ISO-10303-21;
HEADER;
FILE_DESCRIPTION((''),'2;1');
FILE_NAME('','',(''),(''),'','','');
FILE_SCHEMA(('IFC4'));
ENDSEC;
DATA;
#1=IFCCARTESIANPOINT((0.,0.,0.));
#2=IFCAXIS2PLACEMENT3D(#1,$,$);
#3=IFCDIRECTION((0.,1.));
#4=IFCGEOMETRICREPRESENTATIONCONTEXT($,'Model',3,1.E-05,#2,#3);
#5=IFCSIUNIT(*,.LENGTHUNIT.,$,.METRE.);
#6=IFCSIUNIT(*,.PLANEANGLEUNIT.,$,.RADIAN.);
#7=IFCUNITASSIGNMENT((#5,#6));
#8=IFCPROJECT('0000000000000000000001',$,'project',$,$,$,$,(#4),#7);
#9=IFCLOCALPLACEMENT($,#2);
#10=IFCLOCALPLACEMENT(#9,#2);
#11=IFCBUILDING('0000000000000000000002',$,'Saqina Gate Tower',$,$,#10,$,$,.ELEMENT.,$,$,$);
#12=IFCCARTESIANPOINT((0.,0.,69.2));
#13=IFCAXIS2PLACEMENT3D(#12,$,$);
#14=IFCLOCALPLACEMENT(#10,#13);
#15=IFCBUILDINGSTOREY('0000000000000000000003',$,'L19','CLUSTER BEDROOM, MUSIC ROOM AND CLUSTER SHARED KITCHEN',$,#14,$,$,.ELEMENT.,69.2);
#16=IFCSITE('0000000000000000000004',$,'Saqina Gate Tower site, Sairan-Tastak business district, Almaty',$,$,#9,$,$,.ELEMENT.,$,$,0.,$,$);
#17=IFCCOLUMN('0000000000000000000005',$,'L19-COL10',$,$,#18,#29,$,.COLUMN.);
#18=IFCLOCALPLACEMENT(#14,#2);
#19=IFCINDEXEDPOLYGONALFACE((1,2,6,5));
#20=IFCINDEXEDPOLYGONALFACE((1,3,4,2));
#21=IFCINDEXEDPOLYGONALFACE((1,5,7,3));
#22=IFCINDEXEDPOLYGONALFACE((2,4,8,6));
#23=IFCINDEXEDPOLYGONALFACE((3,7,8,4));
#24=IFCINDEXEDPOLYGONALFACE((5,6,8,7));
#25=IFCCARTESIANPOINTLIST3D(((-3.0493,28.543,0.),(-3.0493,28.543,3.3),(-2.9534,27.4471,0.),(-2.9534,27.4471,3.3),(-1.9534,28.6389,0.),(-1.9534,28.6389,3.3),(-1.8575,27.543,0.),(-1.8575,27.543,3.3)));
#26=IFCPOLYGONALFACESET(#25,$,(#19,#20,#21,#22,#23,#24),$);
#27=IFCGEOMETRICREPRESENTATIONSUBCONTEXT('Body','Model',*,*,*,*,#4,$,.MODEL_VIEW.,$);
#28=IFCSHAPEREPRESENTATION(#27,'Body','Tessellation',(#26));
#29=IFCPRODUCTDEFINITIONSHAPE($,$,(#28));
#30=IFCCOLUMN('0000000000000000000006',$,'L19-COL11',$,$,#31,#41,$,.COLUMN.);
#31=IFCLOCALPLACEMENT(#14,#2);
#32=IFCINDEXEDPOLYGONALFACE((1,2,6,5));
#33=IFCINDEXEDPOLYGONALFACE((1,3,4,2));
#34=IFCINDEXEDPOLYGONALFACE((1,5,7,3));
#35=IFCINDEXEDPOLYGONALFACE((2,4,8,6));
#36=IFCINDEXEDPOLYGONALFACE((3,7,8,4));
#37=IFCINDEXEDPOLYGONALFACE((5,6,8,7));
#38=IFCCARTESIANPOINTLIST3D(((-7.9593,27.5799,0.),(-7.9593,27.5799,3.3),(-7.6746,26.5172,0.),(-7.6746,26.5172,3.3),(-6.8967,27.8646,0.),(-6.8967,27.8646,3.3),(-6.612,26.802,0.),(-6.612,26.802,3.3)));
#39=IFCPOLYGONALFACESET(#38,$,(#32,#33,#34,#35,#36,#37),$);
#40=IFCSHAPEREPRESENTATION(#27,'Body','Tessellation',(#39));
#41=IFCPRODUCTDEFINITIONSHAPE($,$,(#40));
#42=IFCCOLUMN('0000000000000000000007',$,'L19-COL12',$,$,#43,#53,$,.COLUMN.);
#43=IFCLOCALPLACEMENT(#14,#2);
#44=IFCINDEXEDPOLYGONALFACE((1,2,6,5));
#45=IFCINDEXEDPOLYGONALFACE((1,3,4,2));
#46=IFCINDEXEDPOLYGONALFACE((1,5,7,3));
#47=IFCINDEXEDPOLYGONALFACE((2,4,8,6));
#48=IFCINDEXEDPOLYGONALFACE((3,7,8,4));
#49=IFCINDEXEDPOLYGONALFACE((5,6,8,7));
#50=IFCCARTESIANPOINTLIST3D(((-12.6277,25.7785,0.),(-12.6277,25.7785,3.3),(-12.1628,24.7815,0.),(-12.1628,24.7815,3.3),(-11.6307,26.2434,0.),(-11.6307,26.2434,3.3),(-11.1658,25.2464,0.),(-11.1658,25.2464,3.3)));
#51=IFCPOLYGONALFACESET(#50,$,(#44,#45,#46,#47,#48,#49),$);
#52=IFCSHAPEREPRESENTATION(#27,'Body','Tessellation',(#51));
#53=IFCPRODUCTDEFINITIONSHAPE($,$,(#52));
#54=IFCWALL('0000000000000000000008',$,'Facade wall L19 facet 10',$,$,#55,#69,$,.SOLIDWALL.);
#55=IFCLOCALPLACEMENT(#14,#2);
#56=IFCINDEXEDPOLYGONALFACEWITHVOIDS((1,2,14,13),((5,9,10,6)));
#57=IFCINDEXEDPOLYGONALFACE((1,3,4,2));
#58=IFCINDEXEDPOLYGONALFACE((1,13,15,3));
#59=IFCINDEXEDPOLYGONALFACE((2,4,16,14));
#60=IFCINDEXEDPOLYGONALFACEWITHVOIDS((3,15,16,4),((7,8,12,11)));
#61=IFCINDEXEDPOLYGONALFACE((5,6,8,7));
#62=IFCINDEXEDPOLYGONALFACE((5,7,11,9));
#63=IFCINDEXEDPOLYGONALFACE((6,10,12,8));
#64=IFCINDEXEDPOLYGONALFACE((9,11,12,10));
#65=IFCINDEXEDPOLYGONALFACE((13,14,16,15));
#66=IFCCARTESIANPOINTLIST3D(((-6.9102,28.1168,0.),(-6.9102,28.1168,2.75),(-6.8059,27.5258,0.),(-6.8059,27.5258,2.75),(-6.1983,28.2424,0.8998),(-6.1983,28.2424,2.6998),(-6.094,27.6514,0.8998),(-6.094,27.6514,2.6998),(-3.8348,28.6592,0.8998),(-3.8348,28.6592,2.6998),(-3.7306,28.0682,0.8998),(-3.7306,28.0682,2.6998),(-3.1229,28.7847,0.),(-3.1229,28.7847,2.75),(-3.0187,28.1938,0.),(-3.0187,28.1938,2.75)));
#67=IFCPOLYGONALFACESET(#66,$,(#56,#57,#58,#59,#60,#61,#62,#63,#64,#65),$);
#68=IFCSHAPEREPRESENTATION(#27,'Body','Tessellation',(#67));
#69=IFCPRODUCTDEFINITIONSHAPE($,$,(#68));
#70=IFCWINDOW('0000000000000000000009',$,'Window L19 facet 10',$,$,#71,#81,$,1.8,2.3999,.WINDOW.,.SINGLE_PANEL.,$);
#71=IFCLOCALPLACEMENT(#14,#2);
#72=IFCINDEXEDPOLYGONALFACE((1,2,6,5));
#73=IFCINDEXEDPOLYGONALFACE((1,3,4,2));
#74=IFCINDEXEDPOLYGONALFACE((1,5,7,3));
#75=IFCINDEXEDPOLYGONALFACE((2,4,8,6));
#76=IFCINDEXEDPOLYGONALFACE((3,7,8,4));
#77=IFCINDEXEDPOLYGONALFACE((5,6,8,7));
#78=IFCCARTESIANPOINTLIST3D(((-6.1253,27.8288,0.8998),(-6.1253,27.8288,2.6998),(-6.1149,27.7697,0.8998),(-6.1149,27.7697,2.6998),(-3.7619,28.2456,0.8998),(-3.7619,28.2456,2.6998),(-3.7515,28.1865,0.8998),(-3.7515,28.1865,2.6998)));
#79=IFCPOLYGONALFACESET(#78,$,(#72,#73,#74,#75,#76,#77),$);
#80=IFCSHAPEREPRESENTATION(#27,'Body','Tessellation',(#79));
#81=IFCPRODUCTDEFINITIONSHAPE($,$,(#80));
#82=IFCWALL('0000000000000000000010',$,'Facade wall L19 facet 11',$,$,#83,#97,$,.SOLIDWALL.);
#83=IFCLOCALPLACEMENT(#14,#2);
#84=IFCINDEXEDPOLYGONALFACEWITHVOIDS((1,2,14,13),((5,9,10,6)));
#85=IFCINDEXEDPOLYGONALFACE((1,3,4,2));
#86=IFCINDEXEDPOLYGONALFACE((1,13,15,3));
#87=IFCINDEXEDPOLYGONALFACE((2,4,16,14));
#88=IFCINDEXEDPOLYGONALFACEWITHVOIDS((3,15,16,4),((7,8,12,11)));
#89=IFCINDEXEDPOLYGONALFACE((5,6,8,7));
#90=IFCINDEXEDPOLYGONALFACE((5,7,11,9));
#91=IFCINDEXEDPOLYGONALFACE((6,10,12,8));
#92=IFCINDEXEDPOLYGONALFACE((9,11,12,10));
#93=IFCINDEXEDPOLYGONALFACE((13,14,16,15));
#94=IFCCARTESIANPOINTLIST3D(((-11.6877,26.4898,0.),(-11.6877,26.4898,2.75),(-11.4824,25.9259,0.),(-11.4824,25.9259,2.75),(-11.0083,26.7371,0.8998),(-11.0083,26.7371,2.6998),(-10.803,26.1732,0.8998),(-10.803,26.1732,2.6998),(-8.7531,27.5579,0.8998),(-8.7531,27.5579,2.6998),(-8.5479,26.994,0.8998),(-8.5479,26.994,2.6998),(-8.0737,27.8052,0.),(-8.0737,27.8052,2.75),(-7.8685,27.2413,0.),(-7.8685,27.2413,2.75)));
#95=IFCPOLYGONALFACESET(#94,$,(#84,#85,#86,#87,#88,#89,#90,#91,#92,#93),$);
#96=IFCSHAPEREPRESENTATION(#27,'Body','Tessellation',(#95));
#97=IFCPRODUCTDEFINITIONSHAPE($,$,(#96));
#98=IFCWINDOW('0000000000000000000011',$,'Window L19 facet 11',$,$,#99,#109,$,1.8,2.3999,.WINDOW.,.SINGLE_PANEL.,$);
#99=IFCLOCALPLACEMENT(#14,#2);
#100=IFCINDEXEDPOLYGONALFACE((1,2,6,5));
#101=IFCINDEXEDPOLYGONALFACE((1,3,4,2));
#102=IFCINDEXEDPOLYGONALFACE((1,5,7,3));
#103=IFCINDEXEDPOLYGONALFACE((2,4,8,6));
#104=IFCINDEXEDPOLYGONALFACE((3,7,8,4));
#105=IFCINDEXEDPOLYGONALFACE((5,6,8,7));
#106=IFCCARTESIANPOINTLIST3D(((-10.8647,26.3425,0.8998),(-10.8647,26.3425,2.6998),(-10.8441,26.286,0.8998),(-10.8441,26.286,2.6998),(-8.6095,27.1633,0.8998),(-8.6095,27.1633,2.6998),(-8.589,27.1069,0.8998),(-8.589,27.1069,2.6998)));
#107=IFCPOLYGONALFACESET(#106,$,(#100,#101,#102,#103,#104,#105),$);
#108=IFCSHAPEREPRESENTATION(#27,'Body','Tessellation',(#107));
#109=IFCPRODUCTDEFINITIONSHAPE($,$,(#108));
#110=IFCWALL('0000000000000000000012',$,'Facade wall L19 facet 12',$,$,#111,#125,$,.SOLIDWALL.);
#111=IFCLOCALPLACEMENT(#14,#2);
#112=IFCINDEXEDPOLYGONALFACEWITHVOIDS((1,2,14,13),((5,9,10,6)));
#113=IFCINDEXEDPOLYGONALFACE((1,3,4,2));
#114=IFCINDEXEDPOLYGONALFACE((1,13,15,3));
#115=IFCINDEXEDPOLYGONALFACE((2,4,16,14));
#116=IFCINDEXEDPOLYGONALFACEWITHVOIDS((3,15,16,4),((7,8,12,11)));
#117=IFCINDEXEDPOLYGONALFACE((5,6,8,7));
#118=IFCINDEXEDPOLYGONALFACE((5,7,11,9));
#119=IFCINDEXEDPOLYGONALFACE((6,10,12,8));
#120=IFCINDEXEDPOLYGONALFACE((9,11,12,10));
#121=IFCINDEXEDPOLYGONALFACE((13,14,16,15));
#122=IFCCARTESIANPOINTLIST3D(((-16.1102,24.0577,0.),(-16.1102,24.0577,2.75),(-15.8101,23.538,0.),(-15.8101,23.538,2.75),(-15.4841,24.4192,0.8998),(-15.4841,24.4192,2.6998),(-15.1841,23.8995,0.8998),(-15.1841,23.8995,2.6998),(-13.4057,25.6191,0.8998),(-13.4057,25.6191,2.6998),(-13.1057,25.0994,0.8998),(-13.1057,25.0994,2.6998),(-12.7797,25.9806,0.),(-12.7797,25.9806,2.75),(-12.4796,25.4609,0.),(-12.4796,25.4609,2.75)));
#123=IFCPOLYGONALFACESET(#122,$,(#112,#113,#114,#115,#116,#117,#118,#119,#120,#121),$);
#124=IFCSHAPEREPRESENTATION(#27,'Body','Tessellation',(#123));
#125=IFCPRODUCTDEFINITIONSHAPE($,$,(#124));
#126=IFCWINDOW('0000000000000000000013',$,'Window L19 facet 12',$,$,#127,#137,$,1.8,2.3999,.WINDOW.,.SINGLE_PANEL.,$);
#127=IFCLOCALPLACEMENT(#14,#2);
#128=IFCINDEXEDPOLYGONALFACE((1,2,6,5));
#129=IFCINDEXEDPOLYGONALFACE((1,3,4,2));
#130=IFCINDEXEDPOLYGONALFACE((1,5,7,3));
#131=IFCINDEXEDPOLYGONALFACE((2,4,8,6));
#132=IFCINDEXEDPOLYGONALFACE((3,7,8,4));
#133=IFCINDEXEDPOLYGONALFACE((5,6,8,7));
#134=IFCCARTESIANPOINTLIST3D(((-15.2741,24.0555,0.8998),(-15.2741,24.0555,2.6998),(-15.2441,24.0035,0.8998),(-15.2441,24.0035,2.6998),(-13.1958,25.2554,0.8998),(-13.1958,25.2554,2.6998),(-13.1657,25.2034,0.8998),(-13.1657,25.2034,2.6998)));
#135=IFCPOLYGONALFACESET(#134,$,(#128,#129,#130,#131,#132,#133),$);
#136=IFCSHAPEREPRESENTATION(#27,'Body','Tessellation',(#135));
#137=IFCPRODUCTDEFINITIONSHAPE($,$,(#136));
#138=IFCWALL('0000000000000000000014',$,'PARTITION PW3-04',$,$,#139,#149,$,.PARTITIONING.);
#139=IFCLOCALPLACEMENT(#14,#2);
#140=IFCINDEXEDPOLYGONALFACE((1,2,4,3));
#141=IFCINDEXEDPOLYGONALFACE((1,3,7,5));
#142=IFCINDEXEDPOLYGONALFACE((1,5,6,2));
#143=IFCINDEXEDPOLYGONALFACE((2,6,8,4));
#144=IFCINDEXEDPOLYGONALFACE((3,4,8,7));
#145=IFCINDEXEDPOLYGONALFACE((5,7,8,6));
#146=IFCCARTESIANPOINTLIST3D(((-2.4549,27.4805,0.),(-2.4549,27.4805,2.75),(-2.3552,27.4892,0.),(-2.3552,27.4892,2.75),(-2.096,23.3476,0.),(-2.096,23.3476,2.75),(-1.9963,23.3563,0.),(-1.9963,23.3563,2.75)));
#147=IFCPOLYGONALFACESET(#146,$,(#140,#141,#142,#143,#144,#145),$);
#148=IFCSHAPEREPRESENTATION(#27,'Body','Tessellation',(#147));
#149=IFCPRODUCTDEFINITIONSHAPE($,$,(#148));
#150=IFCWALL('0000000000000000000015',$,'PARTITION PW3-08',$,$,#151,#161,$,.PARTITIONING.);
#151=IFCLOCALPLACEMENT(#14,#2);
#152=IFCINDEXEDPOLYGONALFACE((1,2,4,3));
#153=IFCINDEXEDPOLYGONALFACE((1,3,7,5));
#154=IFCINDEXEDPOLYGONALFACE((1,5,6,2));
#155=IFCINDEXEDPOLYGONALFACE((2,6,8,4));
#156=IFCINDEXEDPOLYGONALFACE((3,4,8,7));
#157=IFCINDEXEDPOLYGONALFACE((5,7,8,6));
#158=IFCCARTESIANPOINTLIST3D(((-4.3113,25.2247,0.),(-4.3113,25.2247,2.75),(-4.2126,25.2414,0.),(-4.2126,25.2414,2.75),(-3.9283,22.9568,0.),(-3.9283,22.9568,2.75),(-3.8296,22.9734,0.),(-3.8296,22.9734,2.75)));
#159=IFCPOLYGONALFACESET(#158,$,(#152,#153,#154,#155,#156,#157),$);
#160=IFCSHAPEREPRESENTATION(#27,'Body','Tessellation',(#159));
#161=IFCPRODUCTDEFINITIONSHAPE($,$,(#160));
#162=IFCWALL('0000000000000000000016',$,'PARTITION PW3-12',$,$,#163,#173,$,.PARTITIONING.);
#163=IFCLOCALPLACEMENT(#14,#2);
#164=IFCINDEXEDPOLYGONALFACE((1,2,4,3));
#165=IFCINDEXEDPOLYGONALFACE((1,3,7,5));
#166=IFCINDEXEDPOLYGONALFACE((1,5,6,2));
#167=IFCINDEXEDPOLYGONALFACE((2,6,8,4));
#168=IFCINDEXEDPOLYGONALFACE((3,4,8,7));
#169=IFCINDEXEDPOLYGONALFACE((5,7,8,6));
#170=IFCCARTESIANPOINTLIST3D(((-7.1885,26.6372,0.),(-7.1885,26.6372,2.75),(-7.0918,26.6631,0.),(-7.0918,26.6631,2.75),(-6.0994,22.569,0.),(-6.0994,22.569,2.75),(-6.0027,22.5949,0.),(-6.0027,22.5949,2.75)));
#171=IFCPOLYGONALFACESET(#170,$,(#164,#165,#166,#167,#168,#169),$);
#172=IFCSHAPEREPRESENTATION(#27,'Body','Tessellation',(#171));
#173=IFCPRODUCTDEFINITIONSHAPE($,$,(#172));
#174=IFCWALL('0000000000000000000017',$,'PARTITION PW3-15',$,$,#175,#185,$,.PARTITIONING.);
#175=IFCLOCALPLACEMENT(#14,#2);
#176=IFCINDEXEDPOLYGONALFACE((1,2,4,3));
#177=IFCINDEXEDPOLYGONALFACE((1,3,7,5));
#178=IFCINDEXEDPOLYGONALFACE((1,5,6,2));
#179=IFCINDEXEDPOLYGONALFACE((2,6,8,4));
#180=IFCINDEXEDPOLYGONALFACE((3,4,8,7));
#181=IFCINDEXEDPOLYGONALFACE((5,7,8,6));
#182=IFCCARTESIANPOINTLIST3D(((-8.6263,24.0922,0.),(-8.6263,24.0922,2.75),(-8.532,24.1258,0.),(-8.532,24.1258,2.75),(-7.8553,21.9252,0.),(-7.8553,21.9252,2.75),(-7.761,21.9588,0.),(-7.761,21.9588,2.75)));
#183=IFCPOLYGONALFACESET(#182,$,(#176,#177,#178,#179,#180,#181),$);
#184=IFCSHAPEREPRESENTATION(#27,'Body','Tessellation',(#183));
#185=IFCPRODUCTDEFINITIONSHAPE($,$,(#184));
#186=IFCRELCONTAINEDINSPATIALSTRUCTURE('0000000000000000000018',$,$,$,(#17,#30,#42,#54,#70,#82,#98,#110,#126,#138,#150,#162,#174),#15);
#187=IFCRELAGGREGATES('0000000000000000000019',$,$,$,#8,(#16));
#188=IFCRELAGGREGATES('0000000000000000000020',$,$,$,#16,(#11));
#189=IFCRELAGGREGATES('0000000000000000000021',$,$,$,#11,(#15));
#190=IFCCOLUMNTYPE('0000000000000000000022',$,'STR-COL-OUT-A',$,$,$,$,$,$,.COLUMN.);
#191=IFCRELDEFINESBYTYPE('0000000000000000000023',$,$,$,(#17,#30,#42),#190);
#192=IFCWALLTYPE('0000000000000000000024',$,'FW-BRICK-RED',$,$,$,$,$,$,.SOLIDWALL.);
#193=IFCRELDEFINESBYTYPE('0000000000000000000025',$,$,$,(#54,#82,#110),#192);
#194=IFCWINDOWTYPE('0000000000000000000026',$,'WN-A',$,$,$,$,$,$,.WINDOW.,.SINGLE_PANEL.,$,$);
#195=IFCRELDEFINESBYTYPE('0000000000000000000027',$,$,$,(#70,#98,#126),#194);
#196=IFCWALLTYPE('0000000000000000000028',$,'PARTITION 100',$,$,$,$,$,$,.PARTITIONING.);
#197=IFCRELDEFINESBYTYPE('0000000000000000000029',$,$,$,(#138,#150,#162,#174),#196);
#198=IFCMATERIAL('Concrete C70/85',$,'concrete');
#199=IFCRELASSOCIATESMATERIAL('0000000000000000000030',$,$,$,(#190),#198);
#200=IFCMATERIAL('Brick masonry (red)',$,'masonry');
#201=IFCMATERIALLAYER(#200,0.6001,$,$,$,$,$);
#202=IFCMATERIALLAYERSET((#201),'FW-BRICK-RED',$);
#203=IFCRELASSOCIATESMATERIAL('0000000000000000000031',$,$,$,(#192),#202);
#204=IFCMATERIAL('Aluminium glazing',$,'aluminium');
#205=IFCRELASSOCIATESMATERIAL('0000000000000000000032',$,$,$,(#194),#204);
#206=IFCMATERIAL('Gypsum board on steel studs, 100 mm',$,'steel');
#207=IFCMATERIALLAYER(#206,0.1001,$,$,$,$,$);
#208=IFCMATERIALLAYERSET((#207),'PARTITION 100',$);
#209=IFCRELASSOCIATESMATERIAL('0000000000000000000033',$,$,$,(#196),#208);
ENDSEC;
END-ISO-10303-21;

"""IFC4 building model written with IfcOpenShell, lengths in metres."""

from ifc_helpers import new_model, si_unit, direction, frame, frame_2d, origin, origin_2d, place, context, subcontext, project, spatial, rectangle, extrude, material, layer, layer_set, material_profile, profile_set, type_object, element, fill, save


model = new_model("IFC4")

# Units and contexts
model_context = context("Model", 3, precision=1e-05, world=origin(), true_north=direction((0.0, 1.0)))
body_context = subcontext(model_context, "Body", "Model", "MODEL_VIEW")
ifc_project = project(units=[si_unit("LENGTHUNIT", "METRE"), si_unit("PLANEANGLEUNIT", "RADIAN")], contexts=[model_context])

# Site, building, storey
site_placement = place(None, origin())
site = spatial("IfcSite", under=ifc_project, at=site_placement, Name="Saqina Gate Tower site, Sairan-Tastak business district, Almaty", CompositionType="ELEMENT", RefElevation=0.0)
building_placement = place(site_placement, origin())
building = spatial("IfcBuilding", under=site, at=building_placement, Name="Saqina Gate Tower", CompositionType="ELEMENT")
storey_placement = place(building_placement, frame((0.0, 0.0, 69.2)))
storey = spatial("IfcBuildingStorey", under=building, at=storey_placement, Name="L19", Description="CLUSTER BEDROOM, MUSIC ROOM AND CLUSTER SHARED KITCHEN", CompositionType="ELEMENT", Elevation=69.2)

# Columns
ifc_material_1 = material(Name="Concrete C70/85", Category="concrete")
ifc_material_profile = material_profile(ifc_material_1, rectangle(XDim=1.1001, YDim=1.1001, at=origin_2d()), Name="RC 1100x1100")
ifc_profile_set = profile_set([ifc_material_profile], Name="Concrete C70/85")
column_type = type_object("IfcColumnType", Name="STR-COL-OUT-A", PredefinedType="COLUMN", material=ifc_profile_set)
for number, where, z_axis, x_axis, name in (
    (1, (-2.4534, 28.043, 0.0), (0.0, 0.0, 1.0), (-0.087156, 0.996195, 0.0), "L19-COL10"),
    (2, (-7.2856, 27.1909, 0.0), (0.0, 0.0, 1.0), (-0.258819, 0.965926, 0.0), "L19-COL11"),
    (3, (-11.8967, 25.5125, 0.0), (0.0, 0.0, 1.0), (-0.422618, 0.906308, 0.0), "L19-COL12"),
):
    element("IfcColumn", number, at=place(storey_placement, frame(where, z_axis=z_axis, x_axis=x_axis)), inside=storey, type_object=column_type, Name=name, PredefinedType="COLUMN", context=body_context, shape_type="SweptSolid", body=[
        extrude(rectangle(XDim=1.1001, YDim=1.1001, at=origin_2d()), origin(), (0.0, 0.0, 1.0), 3.3),
    ])

# Walls, openings, windows
ifc_material_2 = material(Name="Brick masonry (red)", Category="masonry")
ifc_layer_1 = layer(ifc_material_2, 0.6001)
ifc_layer_set_1 = layer_set([ifc_layer_1], Name="FW-BRICK-RED")
wall_type_1 = type_object("IfcWallType", Name="FW-BRICK-RED", PredefinedType="SOLIDWALL", material=ifc_layer_set_1)
wall_1_placement = place(storey_placement, frame((-3.0708, 28.4893, 0.0), z_axis=(0.0, 0.0, 1.0), x_axis=(-0.984801, -0.173688, 0.0)))
wall_1 = element("IfcWall", 4, at=wall_1_placement, inside=storey, type_object=wall_type_1, Name="Facade wall L19 facet 10", PredefinedType="SOLIDWALL", context=body_context, shape_type="SweptSolid", body=[
    extrude(rectangle(XDim=3.8457, YDim=0.6001, at=frame_2d((1.9229, 0.0))), origin(), (0.0, 0.0, 1.0), 2.75),
])
opening_1_placement = place(wall_1_placement, frame((0.7229, 0.0, 0.8999)))
opening_1 = element("IfcOpeningElement", 5, at=opening_1_placement, cuts=wall_1, PredefinedType="OPENING", context=body_context, shape_type="SweptSolid", body=[
    extrude(rectangle(XDim=2.3999, YDim=1.8, at=frame_2d((1.2, 0.8999))), frame((0.0, 0.312, 0.0), z_axis=(0.0, -1.0, 0.0), x_axis=(1.0, 0.0, 0.0)), (0.0, 0.0, 1.0), 0.624),
])
ifc_material_3 = material(Name="Aluminium glazing", Category="aluminium")
window_type = type_object("IfcWindowType", Name="WN-A", PartitioningType="SINGLE_PANEL", PredefinedType="WINDOW", material=ifc_material_3)
window_1_placement = place(opening_1_placement, origin())
window_1 = element("IfcWindow", 6, at=window_1_placement, inside=storey, type_object=window_type, Name="Window L19 facet 10", OverallHeight=1.8, OverallWidth=2.3999, PartitioningType="SINGLE_PANEL", PredefinedType="WINDOW", context=body_context, shape_type="SweptSolid", body=[
    extrude(rectangle(XDim=2.3999, YDim=1.8, at=frame_2d((1.2, 0.8999))), frame((0.0, 0.1799, 0.0), z_axis=(0.0, -1.0, 0.0), x_axis=(1.0, 0.0, 0.0)), (0.0, 0.0, 1.0), 0.0601),
])
fill(opening_1, window_1)
wall_2_placement = place(storey_placement, frame((-7.9712, 27.5232, 0.0), z_axis=(0.0, 0.0, 1.0), x_axis=(-0.93969, -0.342028, 0.0)))
wall_2 = element("IfcWall", 7, at=wall_2_placement, inside=storey, type_object=wall_type_1, Name="Facade wall L19 facet 11", PredefinedType="SOLIDWALL", context=body_context, shape_type="SweptSolid", body=[
    extrude(rectangle(XDim=3.8459, YDim=0.6001, at=frame_2d((1.9229, 0.0))), origin(), (0.0, 0.0, 1.0), 2.75),
])
opening_2_placement = place(wall_2_placement, frame((0.7229, 0.0, 0.8999)))
opening_2 = element("IfcOpeningElement", 8, at=opening_2_placement, cuts=wall_2, PredefinedType="OPENING", context=body_context, shape_type="SweptSolid", body=[
    extrude(rectangle(XDim=2.3999, YDim=1.8, at=frame_2d((1.2, 0.8999))), frame((0.0, 0.312, 0.0), z_axis=(0.0, -1.0, 0.0), x_axis=(1.0, 0.0, 0.0)), (0.0, 0.0, 1.0), 0.624),
])
window_2_placement = place(opening_2_placement, origin())
window_2 = element("IfcWindow", 9, at=window_2_placement, inside=storey, type_object=window_type, Name="Window L19 facet 11", OverallHeight=1.8, OverallWidth=2.3999, PartitioningType="SINGLE_PANEL", PredefinedType="WINDOW", context=body_context, shape_type="SweptSolid", body=[
    extrude(rectangle(XDim=2.3999, YDim=1.8, at=frame_2d((1.2, 0.8999))), frame((0.0, 0.1799, 0.0), z_axis=(0.0, -1.0, 0.0), x_axis=(1.0, 0.0, 0.0)), (0.0, 0.0, 1.0), 0.0601),
])
fill(opening_2, window_2)
wall_3_placement = place(storey_placement, frame((-12.6296, 25.7207, 0.0), z_axis=(0.0, 0.0, 1.0), x_axis=(-0.866031, -0.49999, 0.0)))
wall_3 = element("IfcWall", 10, at=wall_3_placement, inside=storey, type_object=wall_type_1, Name="Facade wall L19 facet 12", PredefinedType="SOLIDWALL", context=body_context, shape_type="SweptSolid", body=[
    extrude(rectangle(XDim=3.8457, YDim=0.6001, at=frame_2d((1.9229, 0.0))), origin(), (0.0, 0.0, 1.0), 2.75),
])
opening_3_placement = place(wall_3_placement, frame((0.7229, 0.0, 0.8999)))
opening_3 = element("IfcOpeningElement", 11, at=opening_3_placement, cuts=wall_3, PredefinedType="OPENING", context=body_context, shape_type="SweptSolid", body=[
    extrude(rectangle(XDim=2.3999, YDim=1.8, at=frame_2d((1.2, 0.8999))), frame((0.0, 0.312, 0.0), z_axis=(0.0, -1.0, 0.0), x_axis=(1.0, 0.0, 0.0)), (0.0, 0.0, 1.0), 0.624),
])
window_3_placement = place(opening_3_placement, origin())
window_3 = element("IfcWindow", 12, at=window_3_placement, inside=storey, type_object=window_type, Name="Window L19 facet 12", OverallHeight=1.8, OverallWidth=2.3999, PartitioningType="SINGLE_PANEL", PredefinedType="WINDOW", context=body_context, shape_type="SweptSolid", body=[
    extrude(rectangle(XDim=2.3999, YDim=1.8, at=frame_2d((1.2, 0.8999))), frame((0.0, 0.1799, 0.0), z_axis=(0.0, -1.0, 0.0), x_axis=(1.0, 0.0, 0.0)), (0.0, 0.0, 1.0), 0.0601),
])
fill(opening_3, window_3)

# Walls
ifc_material_4 = material(Name="Gypsum board on steel studs, 100 mm", Category="steel")
ifc_layer_2 = layer(ifc_material_4, 0.1001)
ifc_layer_set_2 = layer_set([ifc_layer_2], Name="PARTITION 100")
wall_type_2 = type_object("IfcWallType", Name="PARTITION 100", PredefinedType="PARTITIONING", material=ifc_layer_set_2)
wall_4_placement = place(storey_placement, frame((-2.405, 27.4849, 0.0), z_axis=(0.0, 0.0, 1.0), x_axis=(0.086513, -0.996251, 0.0)))
element("IfcWall", 13, at=wall_4_placement, inside=storey, type_object=wall_type_2, Name="PARTITION PW3-04", PredefinedType="PARTITIONING", context=body_context, shape_type="SweptSolid", body=[
    extrude(rectangle(XDim=4.1484, YDim=0.1001, at=frame_2d((2.0742, 0.0))), origin(), (0.0, 0.0, 1.0), 2.75),
])
wall_5_placement = place(storey_placement, frame((-4.262, 25.2329, 0.0), z_axis=(0.0, 0.0, 1.0), x_axis=(0.16655, -0.986033, 0.0)))
element("IfcWall", 14, at=wall_5_placement, inside=storey, type_object=wall_type_2, Name="PARTITION PW3-08", PredefinedType="PARTITIONING", context=body_context, shape_type="SweptSolid", body=[
    extrude(rectangle(XDim=2.3, YDim=0.1001, at=frame_2d((1.1499, 0.0))), origin(), (0.0, 0.0, 1.0), 2.75),
])
wall_6_placement = place(storey_placement, frame((-7.1401, 26.6501, 0.0), z_axis=(0.0, 0.0, 1.0), x_axis=(0.258611, -0.965981, 0.0)))
element("IfcWall", 15, at=wall_6_placement, inside=storey, type_object=wall_type_2, Name="PARTITION PW3-12", PredefinedType="PARTITIONING", context=body_context, shape_type="SweptSolid", body=[
    extrude(rectangle(XDim=4.2114, YDim=0.1001, at=frame_2d((2.1057, 0.0))), origin(), (0.0, 0.0, 1.0), 2.75),
])
wall_7_placement = place(storey_placement, frame((-8.5791, 24.1089, 0.0), z_axis=(0.0, 0.0, 1.0), x_axis=(0.335207, -0.942145, 0.0)))
element("IfcWall", 16, at=wall_7_placement, inside=storey, type_object=wall_type_2, Name="PARTITION PW3-15", PredefinedType="PARTITIONING", context=body_context, shape_type="SweptSolid", body=[
    extrude(rectangle(XDim=2.3, YDim=0.1001, at=frame_2d((1.1499, 0.0))), origin(), (0.0, 0.0, 1.0), 2.75),
])

save(model, "model.ifc")
